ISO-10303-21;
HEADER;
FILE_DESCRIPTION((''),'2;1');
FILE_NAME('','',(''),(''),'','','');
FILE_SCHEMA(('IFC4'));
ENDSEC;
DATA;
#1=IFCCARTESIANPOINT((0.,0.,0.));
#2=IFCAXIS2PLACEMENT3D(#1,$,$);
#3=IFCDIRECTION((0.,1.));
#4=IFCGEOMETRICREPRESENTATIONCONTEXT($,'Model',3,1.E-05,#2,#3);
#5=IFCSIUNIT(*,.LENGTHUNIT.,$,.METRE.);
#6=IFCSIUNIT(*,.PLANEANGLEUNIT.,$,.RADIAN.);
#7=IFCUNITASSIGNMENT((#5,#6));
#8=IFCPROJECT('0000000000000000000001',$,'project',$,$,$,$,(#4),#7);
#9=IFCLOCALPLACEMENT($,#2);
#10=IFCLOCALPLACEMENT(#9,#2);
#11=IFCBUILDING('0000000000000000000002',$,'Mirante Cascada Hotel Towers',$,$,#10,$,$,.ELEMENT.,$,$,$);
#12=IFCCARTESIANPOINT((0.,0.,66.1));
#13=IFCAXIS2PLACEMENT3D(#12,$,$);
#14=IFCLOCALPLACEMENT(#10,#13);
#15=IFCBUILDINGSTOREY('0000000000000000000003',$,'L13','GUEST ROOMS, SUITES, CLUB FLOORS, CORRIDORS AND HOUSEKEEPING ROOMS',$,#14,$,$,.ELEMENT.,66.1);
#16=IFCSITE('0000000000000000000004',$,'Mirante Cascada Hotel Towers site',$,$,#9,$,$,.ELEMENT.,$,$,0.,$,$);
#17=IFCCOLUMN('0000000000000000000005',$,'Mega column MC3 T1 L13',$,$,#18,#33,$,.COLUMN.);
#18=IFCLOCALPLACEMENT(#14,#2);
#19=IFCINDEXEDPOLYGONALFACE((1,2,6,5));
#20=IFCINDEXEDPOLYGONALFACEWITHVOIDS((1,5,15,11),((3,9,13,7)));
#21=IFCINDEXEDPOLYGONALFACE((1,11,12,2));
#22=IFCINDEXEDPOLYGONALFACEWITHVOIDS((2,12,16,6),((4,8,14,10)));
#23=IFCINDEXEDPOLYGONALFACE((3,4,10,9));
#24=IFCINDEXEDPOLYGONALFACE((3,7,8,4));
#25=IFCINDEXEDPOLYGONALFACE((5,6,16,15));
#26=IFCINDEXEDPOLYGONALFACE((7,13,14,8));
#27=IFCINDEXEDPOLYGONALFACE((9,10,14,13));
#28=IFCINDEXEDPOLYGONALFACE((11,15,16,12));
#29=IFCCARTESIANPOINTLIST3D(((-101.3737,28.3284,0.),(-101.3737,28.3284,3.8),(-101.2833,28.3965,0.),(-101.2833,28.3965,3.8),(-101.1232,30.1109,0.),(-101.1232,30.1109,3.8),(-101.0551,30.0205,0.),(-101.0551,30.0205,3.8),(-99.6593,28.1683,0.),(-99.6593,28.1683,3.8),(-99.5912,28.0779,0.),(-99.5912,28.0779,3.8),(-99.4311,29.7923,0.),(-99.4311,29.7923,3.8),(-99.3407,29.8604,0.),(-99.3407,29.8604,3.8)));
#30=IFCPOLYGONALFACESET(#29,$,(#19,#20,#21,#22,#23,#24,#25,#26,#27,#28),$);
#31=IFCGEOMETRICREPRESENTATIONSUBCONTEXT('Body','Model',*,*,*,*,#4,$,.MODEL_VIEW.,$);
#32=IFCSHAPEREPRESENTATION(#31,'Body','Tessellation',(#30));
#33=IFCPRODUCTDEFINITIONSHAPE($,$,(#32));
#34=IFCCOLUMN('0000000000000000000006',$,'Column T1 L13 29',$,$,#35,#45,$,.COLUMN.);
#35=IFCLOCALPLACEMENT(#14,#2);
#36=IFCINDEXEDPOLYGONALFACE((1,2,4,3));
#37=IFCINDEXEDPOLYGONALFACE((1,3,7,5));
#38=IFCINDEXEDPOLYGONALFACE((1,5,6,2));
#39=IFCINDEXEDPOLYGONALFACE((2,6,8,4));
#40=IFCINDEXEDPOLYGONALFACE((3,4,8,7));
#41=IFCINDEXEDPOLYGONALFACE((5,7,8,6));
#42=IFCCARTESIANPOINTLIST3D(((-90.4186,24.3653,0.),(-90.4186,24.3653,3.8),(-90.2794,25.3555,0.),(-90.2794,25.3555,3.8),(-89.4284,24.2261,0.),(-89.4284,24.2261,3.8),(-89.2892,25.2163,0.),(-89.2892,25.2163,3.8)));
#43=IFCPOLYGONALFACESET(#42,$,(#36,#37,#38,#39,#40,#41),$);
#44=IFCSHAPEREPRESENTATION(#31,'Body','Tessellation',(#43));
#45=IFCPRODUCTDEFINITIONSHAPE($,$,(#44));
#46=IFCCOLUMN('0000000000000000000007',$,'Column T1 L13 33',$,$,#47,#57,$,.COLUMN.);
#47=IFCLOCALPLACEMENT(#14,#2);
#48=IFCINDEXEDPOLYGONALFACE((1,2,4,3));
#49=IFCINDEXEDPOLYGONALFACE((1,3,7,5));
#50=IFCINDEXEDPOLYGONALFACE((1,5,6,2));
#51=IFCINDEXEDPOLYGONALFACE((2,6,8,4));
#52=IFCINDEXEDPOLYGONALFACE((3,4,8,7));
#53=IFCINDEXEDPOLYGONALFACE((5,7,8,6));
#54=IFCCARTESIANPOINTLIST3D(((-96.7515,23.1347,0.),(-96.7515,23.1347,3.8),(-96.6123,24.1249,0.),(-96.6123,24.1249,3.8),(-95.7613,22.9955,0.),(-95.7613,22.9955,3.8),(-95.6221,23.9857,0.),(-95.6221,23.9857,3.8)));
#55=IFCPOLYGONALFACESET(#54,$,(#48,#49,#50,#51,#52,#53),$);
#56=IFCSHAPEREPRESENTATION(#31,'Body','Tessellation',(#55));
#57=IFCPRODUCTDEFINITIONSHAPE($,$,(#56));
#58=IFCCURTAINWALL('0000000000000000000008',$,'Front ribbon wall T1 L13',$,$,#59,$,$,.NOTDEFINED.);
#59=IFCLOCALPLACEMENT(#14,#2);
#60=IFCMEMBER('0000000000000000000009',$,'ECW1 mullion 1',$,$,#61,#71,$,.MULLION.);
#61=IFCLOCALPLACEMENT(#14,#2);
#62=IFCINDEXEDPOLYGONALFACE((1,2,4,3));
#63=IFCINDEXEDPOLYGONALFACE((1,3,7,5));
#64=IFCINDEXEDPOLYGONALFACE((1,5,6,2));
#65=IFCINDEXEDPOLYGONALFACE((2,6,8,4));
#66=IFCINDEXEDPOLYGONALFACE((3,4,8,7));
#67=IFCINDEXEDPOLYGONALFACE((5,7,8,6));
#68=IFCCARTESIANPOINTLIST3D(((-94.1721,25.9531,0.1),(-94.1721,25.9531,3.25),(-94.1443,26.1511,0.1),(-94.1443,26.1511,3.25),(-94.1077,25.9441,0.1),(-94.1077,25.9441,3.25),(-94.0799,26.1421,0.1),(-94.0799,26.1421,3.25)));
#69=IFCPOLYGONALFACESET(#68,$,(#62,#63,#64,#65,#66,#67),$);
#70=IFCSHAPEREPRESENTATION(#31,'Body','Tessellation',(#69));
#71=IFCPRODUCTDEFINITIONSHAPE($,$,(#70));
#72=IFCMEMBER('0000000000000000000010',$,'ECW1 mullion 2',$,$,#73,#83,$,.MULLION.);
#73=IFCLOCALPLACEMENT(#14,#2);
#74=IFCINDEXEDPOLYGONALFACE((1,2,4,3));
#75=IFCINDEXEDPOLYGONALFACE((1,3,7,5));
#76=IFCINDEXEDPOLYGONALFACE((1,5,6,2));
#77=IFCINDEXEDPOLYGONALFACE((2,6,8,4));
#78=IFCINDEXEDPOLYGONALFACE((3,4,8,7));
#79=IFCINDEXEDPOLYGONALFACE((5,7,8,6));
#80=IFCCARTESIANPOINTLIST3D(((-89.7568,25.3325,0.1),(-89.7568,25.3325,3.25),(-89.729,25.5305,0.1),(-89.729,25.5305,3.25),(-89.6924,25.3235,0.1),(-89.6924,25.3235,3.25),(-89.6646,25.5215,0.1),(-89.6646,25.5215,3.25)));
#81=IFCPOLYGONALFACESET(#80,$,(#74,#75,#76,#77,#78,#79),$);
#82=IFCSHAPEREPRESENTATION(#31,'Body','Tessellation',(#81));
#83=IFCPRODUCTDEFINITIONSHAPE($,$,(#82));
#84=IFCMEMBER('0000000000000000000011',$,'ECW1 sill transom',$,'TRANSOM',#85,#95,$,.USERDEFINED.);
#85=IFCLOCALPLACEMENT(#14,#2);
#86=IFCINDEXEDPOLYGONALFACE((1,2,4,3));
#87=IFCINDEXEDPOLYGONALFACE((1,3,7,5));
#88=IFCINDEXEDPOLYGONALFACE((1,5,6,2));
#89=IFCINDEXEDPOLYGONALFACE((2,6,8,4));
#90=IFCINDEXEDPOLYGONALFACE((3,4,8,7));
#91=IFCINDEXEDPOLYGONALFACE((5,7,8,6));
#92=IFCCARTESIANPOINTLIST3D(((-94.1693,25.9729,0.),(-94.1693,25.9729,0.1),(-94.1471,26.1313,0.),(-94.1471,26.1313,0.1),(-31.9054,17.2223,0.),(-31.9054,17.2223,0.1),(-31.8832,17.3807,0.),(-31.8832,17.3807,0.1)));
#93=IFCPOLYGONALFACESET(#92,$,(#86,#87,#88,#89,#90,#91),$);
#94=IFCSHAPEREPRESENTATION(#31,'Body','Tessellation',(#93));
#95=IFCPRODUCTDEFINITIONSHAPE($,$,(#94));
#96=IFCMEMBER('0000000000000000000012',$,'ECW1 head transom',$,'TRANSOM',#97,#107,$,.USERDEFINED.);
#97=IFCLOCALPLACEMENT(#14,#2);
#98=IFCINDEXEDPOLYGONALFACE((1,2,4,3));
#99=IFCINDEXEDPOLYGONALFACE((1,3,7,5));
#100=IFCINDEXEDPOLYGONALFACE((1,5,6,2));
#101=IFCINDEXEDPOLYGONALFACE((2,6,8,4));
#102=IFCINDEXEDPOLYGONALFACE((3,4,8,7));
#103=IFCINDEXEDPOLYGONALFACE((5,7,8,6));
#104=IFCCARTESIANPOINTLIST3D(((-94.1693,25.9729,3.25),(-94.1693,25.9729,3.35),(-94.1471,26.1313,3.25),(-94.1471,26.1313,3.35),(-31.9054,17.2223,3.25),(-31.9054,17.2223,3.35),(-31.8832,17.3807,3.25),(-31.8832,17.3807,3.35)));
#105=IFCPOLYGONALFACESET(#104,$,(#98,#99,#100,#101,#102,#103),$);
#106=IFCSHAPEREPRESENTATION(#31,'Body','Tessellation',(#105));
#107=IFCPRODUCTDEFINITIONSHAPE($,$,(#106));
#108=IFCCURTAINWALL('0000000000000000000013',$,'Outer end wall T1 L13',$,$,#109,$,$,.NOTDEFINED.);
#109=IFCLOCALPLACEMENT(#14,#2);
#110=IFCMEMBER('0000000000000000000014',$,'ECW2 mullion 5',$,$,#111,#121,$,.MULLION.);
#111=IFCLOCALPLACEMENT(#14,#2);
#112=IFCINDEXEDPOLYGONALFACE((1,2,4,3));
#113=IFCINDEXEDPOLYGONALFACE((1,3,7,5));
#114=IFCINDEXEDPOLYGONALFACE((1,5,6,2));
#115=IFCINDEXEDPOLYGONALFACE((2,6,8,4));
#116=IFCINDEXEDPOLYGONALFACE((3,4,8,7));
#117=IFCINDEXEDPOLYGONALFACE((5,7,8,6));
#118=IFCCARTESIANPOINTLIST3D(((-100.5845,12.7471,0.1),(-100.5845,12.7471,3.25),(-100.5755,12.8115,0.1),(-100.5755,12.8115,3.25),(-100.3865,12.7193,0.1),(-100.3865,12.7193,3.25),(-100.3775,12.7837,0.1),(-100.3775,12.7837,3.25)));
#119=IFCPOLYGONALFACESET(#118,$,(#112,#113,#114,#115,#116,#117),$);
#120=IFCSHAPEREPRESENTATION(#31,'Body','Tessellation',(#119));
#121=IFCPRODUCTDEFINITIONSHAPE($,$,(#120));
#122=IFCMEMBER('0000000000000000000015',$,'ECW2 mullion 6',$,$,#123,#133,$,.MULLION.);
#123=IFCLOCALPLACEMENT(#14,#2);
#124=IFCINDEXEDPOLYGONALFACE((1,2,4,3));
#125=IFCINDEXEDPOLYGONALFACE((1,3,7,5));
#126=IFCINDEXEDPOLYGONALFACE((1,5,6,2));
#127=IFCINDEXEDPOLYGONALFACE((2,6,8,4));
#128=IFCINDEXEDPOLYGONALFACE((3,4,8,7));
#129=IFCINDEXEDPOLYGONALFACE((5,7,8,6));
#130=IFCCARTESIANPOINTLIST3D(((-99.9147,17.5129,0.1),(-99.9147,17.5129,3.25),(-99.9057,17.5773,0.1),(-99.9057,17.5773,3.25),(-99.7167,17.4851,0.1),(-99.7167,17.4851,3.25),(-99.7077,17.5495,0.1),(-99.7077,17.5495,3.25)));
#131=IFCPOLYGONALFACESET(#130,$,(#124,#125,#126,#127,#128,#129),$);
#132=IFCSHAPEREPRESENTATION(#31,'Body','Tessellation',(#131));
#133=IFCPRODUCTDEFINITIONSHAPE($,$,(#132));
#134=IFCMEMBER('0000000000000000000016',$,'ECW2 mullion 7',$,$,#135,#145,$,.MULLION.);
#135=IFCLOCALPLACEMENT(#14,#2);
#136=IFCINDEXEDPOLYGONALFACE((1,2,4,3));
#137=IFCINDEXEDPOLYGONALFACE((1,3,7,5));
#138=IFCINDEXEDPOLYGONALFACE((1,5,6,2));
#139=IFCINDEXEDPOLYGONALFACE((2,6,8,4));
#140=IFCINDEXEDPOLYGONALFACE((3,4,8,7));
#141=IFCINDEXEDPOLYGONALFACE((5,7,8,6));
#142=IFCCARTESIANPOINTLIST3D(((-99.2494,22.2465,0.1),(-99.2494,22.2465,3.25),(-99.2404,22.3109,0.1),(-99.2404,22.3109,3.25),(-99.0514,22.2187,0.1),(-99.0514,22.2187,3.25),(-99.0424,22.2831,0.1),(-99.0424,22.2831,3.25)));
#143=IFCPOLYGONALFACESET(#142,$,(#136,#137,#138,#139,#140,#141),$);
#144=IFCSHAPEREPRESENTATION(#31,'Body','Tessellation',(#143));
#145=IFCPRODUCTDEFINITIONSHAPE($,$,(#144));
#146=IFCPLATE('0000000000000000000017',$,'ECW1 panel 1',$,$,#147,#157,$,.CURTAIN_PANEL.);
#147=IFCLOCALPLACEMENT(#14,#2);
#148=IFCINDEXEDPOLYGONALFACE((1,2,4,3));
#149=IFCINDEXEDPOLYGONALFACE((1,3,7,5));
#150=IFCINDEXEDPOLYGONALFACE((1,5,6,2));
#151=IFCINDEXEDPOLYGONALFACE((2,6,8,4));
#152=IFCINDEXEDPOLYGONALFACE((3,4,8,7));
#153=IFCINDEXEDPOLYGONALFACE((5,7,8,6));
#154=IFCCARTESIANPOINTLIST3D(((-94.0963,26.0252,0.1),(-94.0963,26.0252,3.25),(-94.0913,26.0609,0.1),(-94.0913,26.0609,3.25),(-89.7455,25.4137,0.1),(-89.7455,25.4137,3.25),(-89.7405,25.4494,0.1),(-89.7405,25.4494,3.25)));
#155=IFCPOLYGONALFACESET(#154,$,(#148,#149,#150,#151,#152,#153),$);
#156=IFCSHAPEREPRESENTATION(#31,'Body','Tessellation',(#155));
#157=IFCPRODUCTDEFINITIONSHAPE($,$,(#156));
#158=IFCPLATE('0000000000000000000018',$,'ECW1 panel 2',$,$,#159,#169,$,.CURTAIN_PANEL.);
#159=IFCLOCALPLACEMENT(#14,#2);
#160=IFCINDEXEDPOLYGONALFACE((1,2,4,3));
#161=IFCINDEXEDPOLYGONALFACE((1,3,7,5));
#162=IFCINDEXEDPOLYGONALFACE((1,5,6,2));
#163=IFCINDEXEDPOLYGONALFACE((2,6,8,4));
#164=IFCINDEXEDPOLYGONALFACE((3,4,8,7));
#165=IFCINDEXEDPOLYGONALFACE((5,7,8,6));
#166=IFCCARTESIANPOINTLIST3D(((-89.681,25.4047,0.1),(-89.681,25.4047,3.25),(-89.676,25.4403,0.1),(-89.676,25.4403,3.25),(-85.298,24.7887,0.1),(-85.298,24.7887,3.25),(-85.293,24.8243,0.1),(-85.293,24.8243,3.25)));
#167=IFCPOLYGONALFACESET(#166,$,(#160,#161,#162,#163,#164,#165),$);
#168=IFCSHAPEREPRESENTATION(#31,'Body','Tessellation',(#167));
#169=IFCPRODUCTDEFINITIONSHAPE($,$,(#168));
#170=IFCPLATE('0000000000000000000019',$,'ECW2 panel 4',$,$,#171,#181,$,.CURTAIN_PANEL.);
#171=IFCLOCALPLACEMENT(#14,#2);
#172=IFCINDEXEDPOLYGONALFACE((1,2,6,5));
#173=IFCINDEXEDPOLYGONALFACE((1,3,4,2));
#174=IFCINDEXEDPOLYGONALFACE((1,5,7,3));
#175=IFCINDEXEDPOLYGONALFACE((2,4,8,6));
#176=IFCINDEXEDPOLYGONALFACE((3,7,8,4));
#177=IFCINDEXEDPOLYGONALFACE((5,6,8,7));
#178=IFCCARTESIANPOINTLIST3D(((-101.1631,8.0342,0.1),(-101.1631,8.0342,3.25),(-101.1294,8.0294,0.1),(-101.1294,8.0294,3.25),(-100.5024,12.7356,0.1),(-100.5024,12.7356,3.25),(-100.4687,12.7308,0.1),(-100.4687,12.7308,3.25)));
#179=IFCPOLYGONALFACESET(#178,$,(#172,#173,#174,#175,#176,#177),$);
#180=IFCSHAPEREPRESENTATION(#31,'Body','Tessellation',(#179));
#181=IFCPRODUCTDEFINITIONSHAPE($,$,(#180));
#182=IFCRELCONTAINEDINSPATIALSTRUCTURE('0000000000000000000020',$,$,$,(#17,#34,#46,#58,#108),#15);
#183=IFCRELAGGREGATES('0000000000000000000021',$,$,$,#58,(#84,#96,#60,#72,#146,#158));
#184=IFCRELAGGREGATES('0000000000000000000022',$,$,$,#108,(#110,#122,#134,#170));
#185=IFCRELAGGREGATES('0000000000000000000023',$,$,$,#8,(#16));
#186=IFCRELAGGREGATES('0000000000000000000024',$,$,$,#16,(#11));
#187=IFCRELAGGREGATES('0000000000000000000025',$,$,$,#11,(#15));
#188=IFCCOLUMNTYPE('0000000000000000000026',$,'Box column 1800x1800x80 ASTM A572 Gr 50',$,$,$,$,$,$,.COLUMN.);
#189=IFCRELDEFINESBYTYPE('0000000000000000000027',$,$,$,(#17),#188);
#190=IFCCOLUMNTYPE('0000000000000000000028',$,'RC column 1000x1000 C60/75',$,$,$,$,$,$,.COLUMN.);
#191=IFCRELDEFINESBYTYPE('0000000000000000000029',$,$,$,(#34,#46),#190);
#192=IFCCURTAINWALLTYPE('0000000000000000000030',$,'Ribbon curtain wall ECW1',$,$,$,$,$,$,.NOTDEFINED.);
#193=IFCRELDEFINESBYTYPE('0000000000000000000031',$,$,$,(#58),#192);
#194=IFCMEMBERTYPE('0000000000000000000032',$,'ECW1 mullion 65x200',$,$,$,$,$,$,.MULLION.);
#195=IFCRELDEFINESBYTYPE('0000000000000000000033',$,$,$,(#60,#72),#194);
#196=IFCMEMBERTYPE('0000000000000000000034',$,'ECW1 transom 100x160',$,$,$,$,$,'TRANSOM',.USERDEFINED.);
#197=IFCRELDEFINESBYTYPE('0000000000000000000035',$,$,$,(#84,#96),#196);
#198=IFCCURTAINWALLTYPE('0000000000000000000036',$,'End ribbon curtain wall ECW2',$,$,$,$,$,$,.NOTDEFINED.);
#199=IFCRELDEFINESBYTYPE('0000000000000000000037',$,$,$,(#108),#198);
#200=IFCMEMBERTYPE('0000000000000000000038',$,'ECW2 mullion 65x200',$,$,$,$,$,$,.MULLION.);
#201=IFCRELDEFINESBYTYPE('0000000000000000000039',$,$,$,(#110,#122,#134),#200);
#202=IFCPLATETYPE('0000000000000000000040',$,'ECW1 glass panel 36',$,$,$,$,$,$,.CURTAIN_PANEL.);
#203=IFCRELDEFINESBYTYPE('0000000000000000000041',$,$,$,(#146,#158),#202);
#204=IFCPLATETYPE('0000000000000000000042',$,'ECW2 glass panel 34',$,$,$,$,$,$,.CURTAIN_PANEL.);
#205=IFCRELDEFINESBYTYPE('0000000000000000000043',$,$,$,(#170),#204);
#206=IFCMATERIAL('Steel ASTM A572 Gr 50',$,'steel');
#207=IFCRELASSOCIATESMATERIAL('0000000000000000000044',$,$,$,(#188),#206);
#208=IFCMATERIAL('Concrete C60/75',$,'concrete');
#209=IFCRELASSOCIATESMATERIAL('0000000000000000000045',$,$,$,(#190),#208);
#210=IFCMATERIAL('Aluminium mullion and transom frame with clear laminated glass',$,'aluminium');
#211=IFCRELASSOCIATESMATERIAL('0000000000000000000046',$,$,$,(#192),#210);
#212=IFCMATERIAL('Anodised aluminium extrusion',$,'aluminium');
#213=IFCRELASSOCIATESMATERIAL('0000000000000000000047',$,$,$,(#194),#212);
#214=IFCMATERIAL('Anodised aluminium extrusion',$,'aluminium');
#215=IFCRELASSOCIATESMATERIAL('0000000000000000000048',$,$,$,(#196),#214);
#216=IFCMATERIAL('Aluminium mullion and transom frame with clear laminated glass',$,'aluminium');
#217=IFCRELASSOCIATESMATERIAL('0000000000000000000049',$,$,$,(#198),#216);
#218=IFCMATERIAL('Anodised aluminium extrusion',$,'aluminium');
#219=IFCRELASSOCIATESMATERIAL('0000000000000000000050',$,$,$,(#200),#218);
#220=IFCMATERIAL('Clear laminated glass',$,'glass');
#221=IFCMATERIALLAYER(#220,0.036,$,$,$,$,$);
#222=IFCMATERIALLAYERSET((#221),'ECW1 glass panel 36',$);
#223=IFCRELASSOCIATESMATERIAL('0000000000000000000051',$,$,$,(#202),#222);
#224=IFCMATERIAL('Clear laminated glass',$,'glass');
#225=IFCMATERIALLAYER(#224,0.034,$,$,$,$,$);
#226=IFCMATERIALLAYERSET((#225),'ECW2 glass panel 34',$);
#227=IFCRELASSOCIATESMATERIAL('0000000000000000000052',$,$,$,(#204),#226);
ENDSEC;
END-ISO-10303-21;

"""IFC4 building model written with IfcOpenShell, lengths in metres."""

from ifc_helpers import new_model, si_unit, direction, frame, origin, origin_2d, place, context, subcontext, project, spatial, rectangle, hollow_rectangle, extrude, material, layer, layer_set, material_profile, profile_set, type_object, element, aggregate, save


model = new_model("IFC4")

# Units and contexts
model_context = context("Model", 3, precision=1e-05, world=origin(), true_north=direction((0.0, 1.0)))
body_context = subcontext(model_context, "Body", "Model", "MODEL_VIEW")
ifc_project = project(units=[si_unit("LENGTHUNIT", "METRE"), si_unit("PLANEANGLEUNIT", "RADIAN")], contexts=[model_context])

# Site, building, storey
site_placement = place(None, origin())
site = spatial("IfcSite", under=ifc_project, at=site_placement, Name="Mirante Cascada Hotel Towers site", CompositionType="ELEMENT", RefElevation=0.0)
building_placement = place(site_placement, origin())
building = spatial("IfcBuilding", under=site, at=building_placement, Name="Mirante Cascada Hotel Towers", CompositionType="ELEMENT")
storey_placement = place(building_placement, frame((0.0, 0.0, 66.1)))
storey = spatial("IfcBuildingStorey", under=building, at=storey_placement, Name="L13", Description="GUEST ROOMS, SUITES, CLUB FLOORS, CORRIDORS AND HOUSEKEEPING ROOMS", CompositionType="ELEMENT", Elevation=66.1)

# Columns
ifc_material_1 = material(Name="Steel ASTM A572 Gr 50", Category="steel")
ifc_material_profile_1 = material_profile(ifc_material_1, hollow_rectangle(XDim=1.8, YDim=1.8, WallThickness=0.08, at=origin_2d()), Name="Box column 1800x1800x80 ASTM A572 Gr 50")
ifc_profile_set_1 = profile_set([ifc_material_profile_1], Name="Steel ASTM A572 Gr 50")
column_type_1 = type_object("IfcColumnType", Name="Box column 1800x1800x80 ASTM A572 Gr 50", PredefinedType="COLUMN", material=ifc_profile_set_1)
column_placement = place(storey_placement, frame((-100.3572, 29.0944, 0.0), z_axis=(0.0, 0.0, 1.0), x_axis=(-0.990268, 0.139173, 0.0)))
element("IfcColumn", 1, at=column_placement, inside=storey, type_object=column_type_1, Name="Mega column MC3 T1 L13", PredefinedType="COLUMN", context=body_context, shape_type="SweptSolid", body=[
    extrude(hollow_rectangle(XDim=1.8, YDim=1.8, WallThickness=0.08, at=origin_2d()), origin(), (0.0, 0.0, 1.0), 3.8),
])
ifc_material_2 = material(Name="Concrete C60/75", Category="concrete")
ifc_material_profile_2 = material_profile(ifc_material_2, rectangle(XDim=1.0, YDim=1.0, at=origin_2d()), Name="RC column 1000x1000 C60/75")
ifc_profile_set_2 = profile_set([ifc_material_profile_2], Name="Concrete C60/75")
column_type_2 = type_object("IfcColumnType", Name="RC column 1000x1000 C60/75", PredefinedType="COLUMN", material=ifc_profile_set_2)
for number, where, z_axis, x_axis, name in (
    (2, (-89.8539, 24.7908, 0.0), (0.0, 0.0, 1.0), (-0.990268, 0.139173, 0.0), "Column T1 L13 29"),
    (3, (-96.1868, 23.5602, 0.0), (0.0, 0.0, 1.0), (-0.990268, 0.139173, 0.0), "Column T1 L13 33"),
):
    element("IfcColumn", number, at=place(storey_placement, frame(where, z_axis=z_axis, x_axis=x_axis)), inside=storey, type_object=column_type_2, Name=name, PredefinedType="COLUMN", context=body_context, shape_type="SweptSolid", body=[
        extrude(rectangle(XDim=1.0, YDim=1.0, at=origin_2d()), origin(), (0.0, 0.0, 1.0), 3.8),
    ])

# Curtain walls, members
ifc_material_3 = material(Name="Aluminium mullion and transom frame with clear laminated glass", Category="aluminium")
curtain_wall_type_1 = type_object("IfcCurtainWallType", Name="Ribbon curtain wall ECW1", PredefinedType="NOTDEFINED", material=ifc_material_3)
curtain_wall_1_placement = place(storey_placement, origin())
curtain_wall_1 = element("IfcCurtainWall", 4, at=curtain_wall_1_placement, inside=storey, type_object=curtain_wall_type_1, Name="Front ribbon wall T1 L13", PredefinedType="NOTDEFINED")
ifc_material_4 = material(Name="Anodised aluminium extrusion", Category="aluminium")
ifc_material_profile_3 = material_profile(ifc_material_4, rectangle(XDim=0.2, YDim=0.065, at=origin_2d()), Name="ECW1 MULLION 65x200")
ifc_profile_set_3 = profile_set([ifc_material_profile_3], Name="Anodised aluminium extrusion")
member_type_1 = type_object("IfcMemberType", Name="ECW1 mullion 65x200", PredefinedType="MULLION", material=ifc_profile_set_3)
member_1_placement = place(storey_placement, frame((-94.126, 26.0476, 0.1), z_axis=(0.0, 0.0, 1.0), x_axis=(0.139173, 0.990268, 0.0)))
member_1 = element("IfcMember", 5, at=member_1_placement, type_object=member_type_1, Name="ECW1 mullion 1", PredefinedType="MULLION", context=body_context, shape_type="SweptSolid", body=[
    extrude(rectangle(XDim=0.2, YDim=0.065, at=origin_2d()), origin(), (0.0, 0.0, 1.0), 3.15),
])
member_2_placement = place(storey_placement, frame((-89.7107, 25.427, 0.1), z_axis=(0.0, 0.0, 1.0), x_axis=(0.139173, 0.990268, 0.0)))
member_2 = element("IfcMember", 6, at=member_2_placement, type_object=member_type_1, Name="ECW1 mullion 2", PredefinedType="MULLION", context=body_context, shape_type="SweptSolid", body=[
    extrude(rectangle(XDim=0.2, YDim=0.065, at=origin_2d()), origin(), (0.0, 0.0, 1.0), 3.15),
])
ifc_material_5 = material(Name="Anodised aluminium extrusion", Category="aluminium")
ifc_material_profile_4 = material_profile(ifc_material_5, rectangle(XDim=0.16, YDim=0.1, at=origin_2d()), Name="ECW1 TRANSOM 100x160")
ifc_profile_set_4 = profile_set([ifc_material_profile_4], Name="Anodised aluminium extrusion")
member_type_2 = type_object("IfcMemberType", Name="ECW1 transom 100x160", ElementType="TRANSOM", PredefinedType="USERDEFINED", material=ifc_profile_set_4)
member_3_placement = place(storey_placement, frame((-94.1582, 26.0521, 0.05), z_axis=(0.990268, -0.139173, 0.0), x_axis=(0.139173, 0.990268, 0.0)))
member_3 = element("IfcMember", 7, at=member_3_placement, type_object=member_type_2, Name="ECW1 sill transom", ObjectType="TRANSOM", PredefinedType="USERDEFINED", context=body_context, shape_type="SweptSolid", body=[
    extrude(rectangle(XDim=0.16, YDim=0.1, at=origin_2d()), origin(), (0.0, 0.0, 1.0), 62.8758),
])
member_4_placement = place(storey_placement, frame((-94.1582, 26.0521, 3.3), z_axis=(0.990268, -0.139173, 0.0), x_axis=(0.139173, 0.990268, 0.0)))
member_4 = element("IfcMember", 8, at=member_4_placement, type_object=member_type_2, Name="ECW1 head transom", ObjectType="TRANSOM", PredefinedType="USERDEFINED", context=body_context, shape_type="SweptSolid", body=[
    extrude(rectangle(XDim=0.16, YDim=0.1, at=origin_2d()), origin(), (0.0, 0.0, 1.0), 62.8758),
])
ifc_material_6 = material(Name="Aluminium mullion and transom frame with clear laminated glass", Category="aluminium")
curtain_wall_type_2 = type_object("IfcCurtainWallType", Name="End ribbon curtain wall ECW2", PredefinedType="NOTDEFINED", material=ifc_material_6)
curtain_wall_2_placement = place(storey_placement, origin())
curtain_wall_2 = element("IfcCurtainWall", 9, at=curtain_wall_2_placement, inside=storey, type_object=curtain_wall_type_2, Name="Outer end wall T1 L13", PredefinedType="NOTDEFINED")
ifc_material_7 = material(Name="Anodised aluminium extrusion", Category="aluminium")
ifc_material_profile_5 = material_profile(ifc_material_7, rectangle(XDim=0.2, YDim=0.065, at=origin_2d()), Name="ECW2 MULLION 65x200")
ifc_profile_set_5 = profile_set([ifc_material_profile_5], Name="Anodised aluminium extrusion")
member_type_3 = type_object("IfcMemberType", Name="ECW2 mullion 65x200", PredefinedType="MULLION", material=ifc_profile_set_5)
member_5_placement = place(storey_placement, frame((-100.481, 12.7654, 0.1), z_axis=(0.0, 0.0, 1.0), x_axis=(-0.990268, 0.139173, 0.0)))
member_5 = element("IfcMember", 10, at=member_5_placement, type_object=member_type_3, Name="ECW2 mullion 5", PredefinedType="MULLION", context=body_context, shape_type="SweptSolid", body=[
    extrude(rectangle(XDim=0.2, YDim=0.065, at=origin_2d()), origin(), (0.0, 0.0, 1.0), 3.15),
])
member_6_placement = place(storey_placement, frame((-99.8112, 17.5312, 0.1), z_axis=(0.0, 0.0, 1.0), x_axis=(-0.990268, 0.139173, 0.0)))
member_6 = element("IfcMember", 11, at=member_6_placement, type_object=member_type_3, Name="ECW2 mullion 6", PredefinedType="MULLION", context=body_context, shape_type="SweptSolid", body=[
    extrude(rectangle(XDim=0.2, YDim=0.065, at=origin_2d()), origin(), (0.0, 0.0, 1.0), 3.15),
])
member_7_placement = place(storey_placement, frame((-99.1459, 22.2648, 0.1), z_axis=(0.0, 0.0, 1.0), x_axis=(-0.990268, 0.139173, 0.0)))
member_7 = element("IfcMember", 12, at=member_7_placement, type_object=member_type_3, Name="ECW2 mullion 7", PredefinedType="MULLION", context=body_context, shape_type="SweptSolid", body=[
    extrude(rectangle(XDim=0.2, YDim=0.065, at=origin_2d()), origin(), (0.0, 0.0, 1.0), 3.15),
])

# Plates
ifc_material_8 = material(Name="Clear laminated glass", Category="glass")
ifc_layer_1 = layer(ifc_material_8, 0.036)
ifc_layer_set_1 = layer_set([ifc_layer_1], Name="ECW1 glass panel 36")
plate_type_1 = type_object("IfcPlateType", Name="ECW1 glass panel 36", PredefinedType="CURTAIN_PANEL", material=ifc_layer_set_1)
plate_1_placement = place(storey_placement, frame((-91.9184, 25.7373, 0.1), z_axis=(0.0, 0.0, 1.0), x_axis=(0.990268, -0.139173, 0.0)))
plate_1 = element("IfcPlate", 13, at=plate_1_placement, type_object=plate_type_1, Name="ECW1 panel 1", PredefinedType="CURTAIN_PANEL", context=body_context, shape_type="SweptSolid", body=[
    extrude(rectangle(XDim=4.3936, YDim=0.036, at=origin_2d()), origin(), (0.0, 0.0, 1.0), 3.15),
])
plate_2_placement = place(storey_placement, frame((-87.487, 25.1145, 0.1), z_axis=(0.0, 0.0, 1.0), x_axis=(0.990268, -0.139173, 0.0)))
plate_2 = element("IfcPlate", 14, at=plate_2_placement, type_object=plate_type_1, Name="ECW1 panel 2", PredefinedType="CURTAIN_PANEL", context=body_context, shape_type="SweptSolid", body=[
    extrude(rectangle(XDim=4.4261, YDim=0.036, at=origin_2d()), origin(), (0.0, 0.0, 1.0), 3.15),
])
aggregate(curtain_wall_1, [member_3, member_4, member_1, member_2, plate_1, plate_2])
ifc_material_9 = material(Name="Clear laminated glass", Category="glass")
ifc_layer_2 = layer(ifc_material_9, 0.034)
ifc_layer_set_2 = layer_set([ifc_layer_2], Name="ECW2 glass panel 34")
plate_type_2 = type_object("IfcPlateType", Name="ECW2 glass panel 34", PredefinedType="CURTAIN_PANEL", material=ifc_layer_set_2)
plate_3_placement = place(storey_placement, frame((-100.8159, 10.3825, 0.1), z_axis=(0.0, 0.0, 1.0), x_axis=(0.139173, 0.990268, 0.0)))
plate_3 = element("IfcPlate", 15, at=plate_3_placement, type_object=plate_type_2, Name="ECW2 panel 4", PredefinedType="CURTAIN_PANEL", context=body_context, shape_type="SweptSolid", body=[
    extrude(rectangle(XDim=4.7476, YDim=0.034, at=origin_2d()), origin(), (0.0, 0.0, 1.0), 3.15),
])
aggregate(curtain_wall_2, [member_5, member_6, member_7, plate_3])

save(model, "model.ifc")
